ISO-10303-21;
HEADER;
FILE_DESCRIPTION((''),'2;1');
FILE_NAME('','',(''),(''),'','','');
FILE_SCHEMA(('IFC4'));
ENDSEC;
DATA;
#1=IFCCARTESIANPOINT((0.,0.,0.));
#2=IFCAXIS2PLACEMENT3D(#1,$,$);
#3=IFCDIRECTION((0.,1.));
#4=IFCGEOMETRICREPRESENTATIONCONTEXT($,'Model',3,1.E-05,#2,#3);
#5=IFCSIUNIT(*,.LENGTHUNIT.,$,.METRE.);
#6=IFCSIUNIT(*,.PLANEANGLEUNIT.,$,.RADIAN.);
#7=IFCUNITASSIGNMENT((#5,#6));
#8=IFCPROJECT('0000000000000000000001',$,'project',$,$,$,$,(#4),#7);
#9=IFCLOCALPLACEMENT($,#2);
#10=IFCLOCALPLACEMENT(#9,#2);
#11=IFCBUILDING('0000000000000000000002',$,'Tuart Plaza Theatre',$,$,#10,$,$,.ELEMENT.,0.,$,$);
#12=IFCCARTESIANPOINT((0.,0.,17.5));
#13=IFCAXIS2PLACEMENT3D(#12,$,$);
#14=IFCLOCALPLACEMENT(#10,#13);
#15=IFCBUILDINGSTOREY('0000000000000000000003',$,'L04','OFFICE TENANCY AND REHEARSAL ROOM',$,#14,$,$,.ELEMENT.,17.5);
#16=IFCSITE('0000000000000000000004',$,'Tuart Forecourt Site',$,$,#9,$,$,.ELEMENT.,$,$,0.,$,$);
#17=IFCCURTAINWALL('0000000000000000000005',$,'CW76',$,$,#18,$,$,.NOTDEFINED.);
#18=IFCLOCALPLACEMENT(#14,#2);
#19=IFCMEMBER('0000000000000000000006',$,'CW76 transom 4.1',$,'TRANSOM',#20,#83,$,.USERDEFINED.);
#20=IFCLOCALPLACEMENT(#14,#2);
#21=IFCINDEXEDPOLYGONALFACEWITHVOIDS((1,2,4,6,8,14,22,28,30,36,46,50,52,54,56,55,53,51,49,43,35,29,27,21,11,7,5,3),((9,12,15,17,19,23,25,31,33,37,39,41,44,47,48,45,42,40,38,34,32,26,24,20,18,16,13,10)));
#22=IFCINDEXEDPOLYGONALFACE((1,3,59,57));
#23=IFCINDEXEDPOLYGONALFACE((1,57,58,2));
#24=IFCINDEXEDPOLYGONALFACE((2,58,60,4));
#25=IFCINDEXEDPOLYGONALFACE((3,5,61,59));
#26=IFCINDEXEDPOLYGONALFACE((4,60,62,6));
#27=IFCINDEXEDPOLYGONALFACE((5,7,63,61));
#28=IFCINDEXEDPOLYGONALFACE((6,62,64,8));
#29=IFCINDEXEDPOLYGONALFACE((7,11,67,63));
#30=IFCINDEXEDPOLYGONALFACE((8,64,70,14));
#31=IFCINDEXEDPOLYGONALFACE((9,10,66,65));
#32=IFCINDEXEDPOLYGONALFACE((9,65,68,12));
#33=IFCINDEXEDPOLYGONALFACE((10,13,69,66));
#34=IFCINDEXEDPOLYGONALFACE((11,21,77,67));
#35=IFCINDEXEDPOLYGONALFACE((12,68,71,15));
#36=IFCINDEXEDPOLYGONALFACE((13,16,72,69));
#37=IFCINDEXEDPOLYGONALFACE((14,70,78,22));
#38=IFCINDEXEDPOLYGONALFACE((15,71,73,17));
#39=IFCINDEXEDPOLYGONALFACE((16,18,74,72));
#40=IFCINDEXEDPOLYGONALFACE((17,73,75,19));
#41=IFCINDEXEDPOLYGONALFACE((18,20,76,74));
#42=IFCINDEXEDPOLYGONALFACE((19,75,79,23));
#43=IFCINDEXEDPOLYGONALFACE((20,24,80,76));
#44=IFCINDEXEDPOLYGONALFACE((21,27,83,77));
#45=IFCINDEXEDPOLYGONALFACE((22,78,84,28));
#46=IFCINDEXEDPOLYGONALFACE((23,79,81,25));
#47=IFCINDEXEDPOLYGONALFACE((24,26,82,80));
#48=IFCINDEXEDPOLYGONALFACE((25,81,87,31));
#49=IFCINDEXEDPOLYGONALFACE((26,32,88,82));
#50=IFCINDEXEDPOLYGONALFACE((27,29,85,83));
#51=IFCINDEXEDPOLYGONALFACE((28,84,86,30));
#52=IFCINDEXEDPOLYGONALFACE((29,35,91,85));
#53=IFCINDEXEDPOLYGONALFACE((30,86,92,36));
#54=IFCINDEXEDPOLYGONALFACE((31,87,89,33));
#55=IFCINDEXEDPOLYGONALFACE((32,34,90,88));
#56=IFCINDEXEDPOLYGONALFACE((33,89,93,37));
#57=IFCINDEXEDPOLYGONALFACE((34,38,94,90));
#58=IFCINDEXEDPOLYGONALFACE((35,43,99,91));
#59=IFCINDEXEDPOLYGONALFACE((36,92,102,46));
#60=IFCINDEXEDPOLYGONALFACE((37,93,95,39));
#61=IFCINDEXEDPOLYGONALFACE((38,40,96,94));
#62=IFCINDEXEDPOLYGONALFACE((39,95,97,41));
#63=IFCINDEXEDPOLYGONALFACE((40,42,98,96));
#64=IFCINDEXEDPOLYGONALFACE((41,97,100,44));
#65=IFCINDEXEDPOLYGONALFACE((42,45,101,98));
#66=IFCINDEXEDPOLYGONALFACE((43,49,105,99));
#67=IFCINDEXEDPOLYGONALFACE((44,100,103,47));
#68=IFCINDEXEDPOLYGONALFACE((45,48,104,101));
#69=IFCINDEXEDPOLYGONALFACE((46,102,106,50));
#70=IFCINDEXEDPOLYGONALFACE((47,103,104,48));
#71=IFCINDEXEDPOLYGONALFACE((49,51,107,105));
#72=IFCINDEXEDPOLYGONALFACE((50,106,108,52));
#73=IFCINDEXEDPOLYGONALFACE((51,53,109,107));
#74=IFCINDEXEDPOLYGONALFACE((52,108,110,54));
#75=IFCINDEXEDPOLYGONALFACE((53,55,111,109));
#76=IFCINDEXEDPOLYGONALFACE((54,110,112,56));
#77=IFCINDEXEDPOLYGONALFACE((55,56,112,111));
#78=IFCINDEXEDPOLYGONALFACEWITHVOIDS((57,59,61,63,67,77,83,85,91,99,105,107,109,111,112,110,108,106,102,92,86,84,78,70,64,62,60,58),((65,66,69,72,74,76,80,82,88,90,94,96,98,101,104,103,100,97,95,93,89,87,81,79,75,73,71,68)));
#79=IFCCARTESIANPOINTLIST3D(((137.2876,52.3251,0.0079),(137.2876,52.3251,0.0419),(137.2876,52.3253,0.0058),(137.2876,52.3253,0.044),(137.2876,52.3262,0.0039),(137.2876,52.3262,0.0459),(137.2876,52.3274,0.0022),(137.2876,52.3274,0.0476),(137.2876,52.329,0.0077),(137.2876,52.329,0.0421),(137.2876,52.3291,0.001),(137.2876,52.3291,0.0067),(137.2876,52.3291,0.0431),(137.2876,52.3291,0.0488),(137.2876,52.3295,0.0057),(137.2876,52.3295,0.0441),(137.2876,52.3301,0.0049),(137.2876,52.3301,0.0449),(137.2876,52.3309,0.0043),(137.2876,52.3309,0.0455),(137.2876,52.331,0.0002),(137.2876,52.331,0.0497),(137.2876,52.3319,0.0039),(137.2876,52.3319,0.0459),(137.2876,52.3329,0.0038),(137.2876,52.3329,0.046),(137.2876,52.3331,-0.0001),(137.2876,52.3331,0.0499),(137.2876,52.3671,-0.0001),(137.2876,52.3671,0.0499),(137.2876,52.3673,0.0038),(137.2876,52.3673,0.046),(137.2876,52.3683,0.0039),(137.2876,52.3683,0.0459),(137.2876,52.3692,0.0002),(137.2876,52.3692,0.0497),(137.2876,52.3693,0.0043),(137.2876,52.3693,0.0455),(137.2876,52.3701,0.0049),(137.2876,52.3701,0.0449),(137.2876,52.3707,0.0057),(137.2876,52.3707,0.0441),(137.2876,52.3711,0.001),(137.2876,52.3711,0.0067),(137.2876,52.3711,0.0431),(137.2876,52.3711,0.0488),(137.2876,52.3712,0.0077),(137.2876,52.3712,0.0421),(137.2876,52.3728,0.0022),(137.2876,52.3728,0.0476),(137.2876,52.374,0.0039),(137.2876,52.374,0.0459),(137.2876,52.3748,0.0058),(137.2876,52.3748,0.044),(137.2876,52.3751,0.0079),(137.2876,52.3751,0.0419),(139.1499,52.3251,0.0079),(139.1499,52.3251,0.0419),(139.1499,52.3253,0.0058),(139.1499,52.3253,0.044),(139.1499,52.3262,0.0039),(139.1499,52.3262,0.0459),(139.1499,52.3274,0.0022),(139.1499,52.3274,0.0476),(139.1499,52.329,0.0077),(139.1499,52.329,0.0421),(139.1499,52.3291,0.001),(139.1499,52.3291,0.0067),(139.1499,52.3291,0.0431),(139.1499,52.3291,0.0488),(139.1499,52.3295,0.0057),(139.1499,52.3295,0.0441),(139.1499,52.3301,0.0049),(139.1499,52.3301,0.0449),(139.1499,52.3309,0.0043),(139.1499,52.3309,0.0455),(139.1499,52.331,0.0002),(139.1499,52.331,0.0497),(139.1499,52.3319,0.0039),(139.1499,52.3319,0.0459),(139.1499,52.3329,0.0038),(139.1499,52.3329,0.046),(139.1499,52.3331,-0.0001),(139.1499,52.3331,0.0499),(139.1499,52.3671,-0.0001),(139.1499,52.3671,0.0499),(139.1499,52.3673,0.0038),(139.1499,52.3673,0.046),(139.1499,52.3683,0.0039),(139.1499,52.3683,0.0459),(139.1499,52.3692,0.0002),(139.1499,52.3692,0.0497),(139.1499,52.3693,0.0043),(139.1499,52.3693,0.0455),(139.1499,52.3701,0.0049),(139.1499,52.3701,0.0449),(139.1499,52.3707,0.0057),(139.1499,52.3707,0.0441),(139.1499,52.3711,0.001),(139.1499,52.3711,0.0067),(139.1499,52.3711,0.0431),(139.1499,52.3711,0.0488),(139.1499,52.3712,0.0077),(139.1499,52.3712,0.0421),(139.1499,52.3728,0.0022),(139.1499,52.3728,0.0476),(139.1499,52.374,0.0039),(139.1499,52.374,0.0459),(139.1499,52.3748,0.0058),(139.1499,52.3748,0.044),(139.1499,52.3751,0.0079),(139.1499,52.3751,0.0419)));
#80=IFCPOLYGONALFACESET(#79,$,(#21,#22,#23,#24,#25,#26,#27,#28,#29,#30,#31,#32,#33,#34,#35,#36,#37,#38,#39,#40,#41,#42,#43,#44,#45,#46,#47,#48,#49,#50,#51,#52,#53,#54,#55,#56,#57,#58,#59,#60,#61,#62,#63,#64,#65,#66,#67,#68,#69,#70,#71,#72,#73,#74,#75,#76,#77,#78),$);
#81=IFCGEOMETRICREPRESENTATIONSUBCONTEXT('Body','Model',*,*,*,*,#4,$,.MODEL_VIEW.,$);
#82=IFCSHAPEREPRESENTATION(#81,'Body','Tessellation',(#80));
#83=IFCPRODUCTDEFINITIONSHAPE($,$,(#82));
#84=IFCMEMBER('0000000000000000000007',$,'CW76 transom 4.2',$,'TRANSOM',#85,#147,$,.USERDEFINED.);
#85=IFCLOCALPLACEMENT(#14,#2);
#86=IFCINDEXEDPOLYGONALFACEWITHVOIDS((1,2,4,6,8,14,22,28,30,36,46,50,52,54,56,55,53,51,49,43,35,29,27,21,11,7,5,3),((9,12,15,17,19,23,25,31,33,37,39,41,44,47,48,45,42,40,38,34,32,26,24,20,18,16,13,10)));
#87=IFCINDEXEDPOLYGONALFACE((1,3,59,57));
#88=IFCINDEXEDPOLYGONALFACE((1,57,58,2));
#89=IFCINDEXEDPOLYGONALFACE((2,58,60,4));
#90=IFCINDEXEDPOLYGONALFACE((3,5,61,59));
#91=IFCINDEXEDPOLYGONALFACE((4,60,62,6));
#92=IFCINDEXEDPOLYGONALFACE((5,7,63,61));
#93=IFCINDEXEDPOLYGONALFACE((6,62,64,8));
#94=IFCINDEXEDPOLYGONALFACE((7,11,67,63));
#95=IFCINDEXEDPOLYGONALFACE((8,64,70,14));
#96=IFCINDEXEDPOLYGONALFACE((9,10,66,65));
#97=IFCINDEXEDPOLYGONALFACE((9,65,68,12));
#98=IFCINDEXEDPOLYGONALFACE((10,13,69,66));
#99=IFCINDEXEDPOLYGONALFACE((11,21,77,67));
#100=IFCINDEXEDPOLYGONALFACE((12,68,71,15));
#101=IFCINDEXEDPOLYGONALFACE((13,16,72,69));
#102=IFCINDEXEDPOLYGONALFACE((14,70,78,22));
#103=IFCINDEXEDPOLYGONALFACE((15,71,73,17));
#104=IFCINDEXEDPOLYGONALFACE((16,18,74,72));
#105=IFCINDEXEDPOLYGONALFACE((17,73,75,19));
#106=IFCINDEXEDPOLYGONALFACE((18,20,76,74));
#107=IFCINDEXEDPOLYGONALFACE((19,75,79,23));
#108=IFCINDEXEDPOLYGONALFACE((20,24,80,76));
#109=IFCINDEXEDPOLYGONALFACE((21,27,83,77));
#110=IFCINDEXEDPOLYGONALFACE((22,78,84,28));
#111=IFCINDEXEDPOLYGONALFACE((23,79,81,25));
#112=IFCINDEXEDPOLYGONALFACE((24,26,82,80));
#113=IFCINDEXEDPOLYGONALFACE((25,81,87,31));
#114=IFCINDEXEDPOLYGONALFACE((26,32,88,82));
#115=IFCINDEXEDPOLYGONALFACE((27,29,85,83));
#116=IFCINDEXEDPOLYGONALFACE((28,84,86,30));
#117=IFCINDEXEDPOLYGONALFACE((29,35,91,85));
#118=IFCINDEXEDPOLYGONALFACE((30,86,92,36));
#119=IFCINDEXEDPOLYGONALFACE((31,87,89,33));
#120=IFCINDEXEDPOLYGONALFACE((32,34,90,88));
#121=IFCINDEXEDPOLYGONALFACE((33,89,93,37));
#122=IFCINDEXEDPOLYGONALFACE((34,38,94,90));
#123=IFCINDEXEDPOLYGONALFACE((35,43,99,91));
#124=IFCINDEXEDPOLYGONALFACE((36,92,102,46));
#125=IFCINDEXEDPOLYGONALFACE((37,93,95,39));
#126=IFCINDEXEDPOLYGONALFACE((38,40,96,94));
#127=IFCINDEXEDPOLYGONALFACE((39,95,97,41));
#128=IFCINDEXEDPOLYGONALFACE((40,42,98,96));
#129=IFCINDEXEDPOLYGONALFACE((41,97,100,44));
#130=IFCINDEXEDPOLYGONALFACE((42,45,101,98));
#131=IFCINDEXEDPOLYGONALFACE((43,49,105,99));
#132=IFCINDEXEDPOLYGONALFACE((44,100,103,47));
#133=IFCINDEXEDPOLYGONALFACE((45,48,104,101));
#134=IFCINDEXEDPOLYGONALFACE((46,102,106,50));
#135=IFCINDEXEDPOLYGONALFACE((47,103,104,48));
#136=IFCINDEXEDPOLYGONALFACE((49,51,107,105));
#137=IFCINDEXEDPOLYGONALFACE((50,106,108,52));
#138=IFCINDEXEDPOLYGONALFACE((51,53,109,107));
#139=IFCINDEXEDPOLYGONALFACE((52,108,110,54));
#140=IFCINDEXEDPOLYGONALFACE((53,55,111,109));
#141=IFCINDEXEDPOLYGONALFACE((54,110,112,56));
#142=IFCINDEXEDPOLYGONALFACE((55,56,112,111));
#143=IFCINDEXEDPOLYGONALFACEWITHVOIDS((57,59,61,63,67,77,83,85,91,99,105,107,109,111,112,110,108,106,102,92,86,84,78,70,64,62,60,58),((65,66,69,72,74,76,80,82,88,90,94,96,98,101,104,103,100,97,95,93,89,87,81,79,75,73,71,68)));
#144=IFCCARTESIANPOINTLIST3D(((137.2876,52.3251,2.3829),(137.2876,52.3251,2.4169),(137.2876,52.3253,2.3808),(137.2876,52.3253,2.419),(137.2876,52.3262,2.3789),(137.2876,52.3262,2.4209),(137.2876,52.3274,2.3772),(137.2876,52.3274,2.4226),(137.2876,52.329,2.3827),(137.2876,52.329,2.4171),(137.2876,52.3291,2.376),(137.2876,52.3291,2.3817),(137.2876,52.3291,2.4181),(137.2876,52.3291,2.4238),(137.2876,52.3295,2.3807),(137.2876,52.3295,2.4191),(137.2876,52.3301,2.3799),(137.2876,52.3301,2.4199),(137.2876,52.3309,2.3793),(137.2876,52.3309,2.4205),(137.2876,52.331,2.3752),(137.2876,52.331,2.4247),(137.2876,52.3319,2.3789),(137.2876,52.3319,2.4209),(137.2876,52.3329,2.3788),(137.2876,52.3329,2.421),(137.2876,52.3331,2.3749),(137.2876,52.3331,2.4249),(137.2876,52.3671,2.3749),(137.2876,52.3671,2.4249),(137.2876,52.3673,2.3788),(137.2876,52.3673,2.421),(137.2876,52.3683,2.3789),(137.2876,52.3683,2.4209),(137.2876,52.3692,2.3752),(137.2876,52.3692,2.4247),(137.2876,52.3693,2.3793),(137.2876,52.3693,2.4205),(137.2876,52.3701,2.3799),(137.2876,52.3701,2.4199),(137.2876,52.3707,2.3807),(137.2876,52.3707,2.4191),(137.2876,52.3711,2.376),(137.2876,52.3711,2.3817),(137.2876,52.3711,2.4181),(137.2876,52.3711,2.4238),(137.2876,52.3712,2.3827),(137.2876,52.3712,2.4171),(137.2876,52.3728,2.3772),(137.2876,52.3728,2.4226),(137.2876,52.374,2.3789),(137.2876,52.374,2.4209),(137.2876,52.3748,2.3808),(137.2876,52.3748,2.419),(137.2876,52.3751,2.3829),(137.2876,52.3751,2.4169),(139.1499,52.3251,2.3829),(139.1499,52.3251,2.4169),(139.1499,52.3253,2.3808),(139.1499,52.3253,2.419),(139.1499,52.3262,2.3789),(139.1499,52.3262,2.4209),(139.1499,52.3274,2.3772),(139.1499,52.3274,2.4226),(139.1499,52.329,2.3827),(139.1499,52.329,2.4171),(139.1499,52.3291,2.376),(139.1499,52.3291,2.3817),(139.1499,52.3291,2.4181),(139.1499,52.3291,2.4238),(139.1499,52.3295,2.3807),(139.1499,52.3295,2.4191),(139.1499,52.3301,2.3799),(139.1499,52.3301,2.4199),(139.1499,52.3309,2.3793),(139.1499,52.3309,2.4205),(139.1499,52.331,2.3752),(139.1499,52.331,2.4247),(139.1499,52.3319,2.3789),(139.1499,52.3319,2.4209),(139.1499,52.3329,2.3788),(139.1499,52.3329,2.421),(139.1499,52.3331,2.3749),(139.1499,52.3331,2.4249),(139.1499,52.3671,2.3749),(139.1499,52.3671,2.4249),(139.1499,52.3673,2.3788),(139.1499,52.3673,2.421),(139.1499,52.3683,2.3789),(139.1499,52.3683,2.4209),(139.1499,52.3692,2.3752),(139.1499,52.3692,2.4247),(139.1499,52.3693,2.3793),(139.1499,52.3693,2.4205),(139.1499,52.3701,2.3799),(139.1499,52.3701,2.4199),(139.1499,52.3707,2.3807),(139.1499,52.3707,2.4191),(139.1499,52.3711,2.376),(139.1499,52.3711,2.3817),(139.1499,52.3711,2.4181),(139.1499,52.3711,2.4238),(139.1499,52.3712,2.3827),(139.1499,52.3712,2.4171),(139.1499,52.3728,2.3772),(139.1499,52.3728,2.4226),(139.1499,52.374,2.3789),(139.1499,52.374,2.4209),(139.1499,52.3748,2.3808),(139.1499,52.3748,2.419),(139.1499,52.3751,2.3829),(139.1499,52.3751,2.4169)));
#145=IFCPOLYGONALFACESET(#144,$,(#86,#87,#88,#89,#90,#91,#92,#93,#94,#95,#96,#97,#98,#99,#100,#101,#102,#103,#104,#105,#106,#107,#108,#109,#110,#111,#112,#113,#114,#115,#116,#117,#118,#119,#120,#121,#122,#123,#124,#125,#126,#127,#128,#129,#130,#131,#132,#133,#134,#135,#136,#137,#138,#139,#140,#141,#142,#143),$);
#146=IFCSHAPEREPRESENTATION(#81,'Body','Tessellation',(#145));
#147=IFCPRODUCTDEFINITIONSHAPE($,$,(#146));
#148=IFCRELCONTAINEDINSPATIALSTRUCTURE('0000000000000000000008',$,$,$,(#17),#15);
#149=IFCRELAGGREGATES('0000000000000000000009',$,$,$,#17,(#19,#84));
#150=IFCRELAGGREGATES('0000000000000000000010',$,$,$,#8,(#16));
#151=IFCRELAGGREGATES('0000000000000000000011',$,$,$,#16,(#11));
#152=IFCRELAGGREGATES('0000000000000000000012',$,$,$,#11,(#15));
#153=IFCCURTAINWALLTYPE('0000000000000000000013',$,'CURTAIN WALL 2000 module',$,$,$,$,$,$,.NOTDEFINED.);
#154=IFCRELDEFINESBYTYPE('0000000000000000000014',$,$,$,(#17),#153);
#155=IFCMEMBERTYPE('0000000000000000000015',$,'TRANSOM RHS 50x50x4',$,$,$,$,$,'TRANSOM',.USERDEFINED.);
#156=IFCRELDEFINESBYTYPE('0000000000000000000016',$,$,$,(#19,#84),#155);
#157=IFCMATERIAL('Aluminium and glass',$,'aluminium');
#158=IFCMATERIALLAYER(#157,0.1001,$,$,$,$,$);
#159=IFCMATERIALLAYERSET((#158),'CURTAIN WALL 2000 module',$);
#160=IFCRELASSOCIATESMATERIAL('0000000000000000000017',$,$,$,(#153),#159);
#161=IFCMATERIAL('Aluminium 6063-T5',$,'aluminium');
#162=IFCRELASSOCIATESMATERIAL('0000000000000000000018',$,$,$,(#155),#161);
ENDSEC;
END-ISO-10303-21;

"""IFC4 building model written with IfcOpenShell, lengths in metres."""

from ifc_helpers import new_model, si_unit, direction, frame, origin, origin_2d, place, context, subcontext, project, spatial, hollow_rectangle, extrude, material, layer, layer_set, material_profile, profile_set, type_object, element, aggregate, save


model = new_model("IFC4")

# Units and contexts
model_context = context("Model", 3, precision=1e-05, world=origin(), true_north=direction((0.0, 1.0)))
body_context = subcontext(model_context, "Body", "Model", "MODEL_VIEW")
ifc_project = project(units=[si_unit("LENGTHUNIT", "METRE"), si_unit("PLANEANGLEUNIT", "RADIAN")], contexts=[model_context])

# Site, building, storey
site_placement = place(None, origin())
site = spatial("IfcSite", under=ifc_project, at=site_placement, Name="Tuart Forecourt Site", CompositionType="ELEMENT", RefElevation=0.0)
building_placement = place(site_placement, origin())
building = spatial("IfcBuilding", under=site, at=building_placement, Name="Tuart Plaza Theatre", CompositionType="ELEMENT", ElevationOfRefHeight=0.0)
storey_placement = place(building_placement, frame((0.0, 0.0, 17.5)))
storey = spatial("IfcBuildingStorey", under=building, at=storey_placement, Name="L04", Description="OFFICE TENANCY AND REHEARSAL ROOM", CompositionType="ELEMENT", Elevation=17.5)

# Curtain wall
ifc_material_1 = material(Name="Aluminium and glass", Category="aluminium")
ifc_layer_1 = layer(ifc_material_1, 0.1001)
ifc_layer_set_1 = layer_set([ifc_layer_1], Name="CURTAIN WALL 2000 module")
curtain_wall_type = type_object("IfcCurtainWallType", Name="CURTAIN WALL 2000 module", PredefinedType="NOTDEFINED", material=ifc_layer_set_1)
curtain_wall_1_placement = place(storey_placement, origin())
curtain_wall_1 = element("IfcCurtainWall", 1, at=curtain_wall_1_placement, inside=storey, type_object=curtain_wall_type, Name="CW76", PredefinedType="NOTDEFINED")

# Members
ifc_material_2 = material(Name="Aluminium 6063-T5", Category="aluminium")
ifc_material_profile_1 = material_profile(ifc_material_2, hollow_rectangle(XDim=0.05, YDim=0.05, WallThickness=0.0039, InnerFilletRadius=0.0039, OuterFilletRadius=0.0081, at=origin_2d()), Name="RHS 50x50x4")
ifc_profile_set_1 = profile_set([ifc_material_profile_1], Name="Aluminium 6063-T5")
member_type_1 = type_object("IfcMemberType", Name="TRANSOM RHS 50x50x4", ElementType="TRANSOM", PredefinedType="USERDEFINED", material=ifc_profile_set_1)
member_1_placement = place(storey_placement, frame((137.2876, 52.3501, 0.0249), z_axis=(1.0, 0.0, 0.0), x_axis=(0.0, 1.0, 0.0)))
member_1 = element("IfcMember", 2, at=member_1_placement, type_object=member_type_1, Name="CW76 transom 4.1", ObjectType="TRANSOM", PredefinedType="USERDEFINED", context=body_context, shape_type="SweptSolid", body=[
    extrude(hollow_rectangle(XDim=0.05, YDim=0.05, WallThickness=0.0039, InnerFilletRadius=0.0039, OuterFilletRadius=0.0081, at=origin_2d()), origin(), (0.0, 0.0, 1.0), 1.8623),
])
member_2_placement = place(storey_placement, frame((137.2876, 52.3501, 2.3999), z_axis=(1.0, 0.0, 0.0), x_axis=(0.0, 1.0, 0.0)))
member_2 = element("IfcMember", 3, at=member_2_placement, type_object=member_type_1, Name="CW76 transom 4.2", ObjectType="TRANSOM", PredefinedType="USERDEFINED", context=body_context, shape_type="SweptSolid", body=[
    extrude(hollow_rectangle(XDim=0.05, YDim=0.05, WallThickness=0.0039, InnerFilletRadius=0.0039, OuterFilletRadius=0.0081, at=origin_2d()), origin(), (0.0, 0.0, 1.0), 1.8623),
])

aggregate(curtain_wall_1, [member_1, member_2])

save(model, "model.ifc")
